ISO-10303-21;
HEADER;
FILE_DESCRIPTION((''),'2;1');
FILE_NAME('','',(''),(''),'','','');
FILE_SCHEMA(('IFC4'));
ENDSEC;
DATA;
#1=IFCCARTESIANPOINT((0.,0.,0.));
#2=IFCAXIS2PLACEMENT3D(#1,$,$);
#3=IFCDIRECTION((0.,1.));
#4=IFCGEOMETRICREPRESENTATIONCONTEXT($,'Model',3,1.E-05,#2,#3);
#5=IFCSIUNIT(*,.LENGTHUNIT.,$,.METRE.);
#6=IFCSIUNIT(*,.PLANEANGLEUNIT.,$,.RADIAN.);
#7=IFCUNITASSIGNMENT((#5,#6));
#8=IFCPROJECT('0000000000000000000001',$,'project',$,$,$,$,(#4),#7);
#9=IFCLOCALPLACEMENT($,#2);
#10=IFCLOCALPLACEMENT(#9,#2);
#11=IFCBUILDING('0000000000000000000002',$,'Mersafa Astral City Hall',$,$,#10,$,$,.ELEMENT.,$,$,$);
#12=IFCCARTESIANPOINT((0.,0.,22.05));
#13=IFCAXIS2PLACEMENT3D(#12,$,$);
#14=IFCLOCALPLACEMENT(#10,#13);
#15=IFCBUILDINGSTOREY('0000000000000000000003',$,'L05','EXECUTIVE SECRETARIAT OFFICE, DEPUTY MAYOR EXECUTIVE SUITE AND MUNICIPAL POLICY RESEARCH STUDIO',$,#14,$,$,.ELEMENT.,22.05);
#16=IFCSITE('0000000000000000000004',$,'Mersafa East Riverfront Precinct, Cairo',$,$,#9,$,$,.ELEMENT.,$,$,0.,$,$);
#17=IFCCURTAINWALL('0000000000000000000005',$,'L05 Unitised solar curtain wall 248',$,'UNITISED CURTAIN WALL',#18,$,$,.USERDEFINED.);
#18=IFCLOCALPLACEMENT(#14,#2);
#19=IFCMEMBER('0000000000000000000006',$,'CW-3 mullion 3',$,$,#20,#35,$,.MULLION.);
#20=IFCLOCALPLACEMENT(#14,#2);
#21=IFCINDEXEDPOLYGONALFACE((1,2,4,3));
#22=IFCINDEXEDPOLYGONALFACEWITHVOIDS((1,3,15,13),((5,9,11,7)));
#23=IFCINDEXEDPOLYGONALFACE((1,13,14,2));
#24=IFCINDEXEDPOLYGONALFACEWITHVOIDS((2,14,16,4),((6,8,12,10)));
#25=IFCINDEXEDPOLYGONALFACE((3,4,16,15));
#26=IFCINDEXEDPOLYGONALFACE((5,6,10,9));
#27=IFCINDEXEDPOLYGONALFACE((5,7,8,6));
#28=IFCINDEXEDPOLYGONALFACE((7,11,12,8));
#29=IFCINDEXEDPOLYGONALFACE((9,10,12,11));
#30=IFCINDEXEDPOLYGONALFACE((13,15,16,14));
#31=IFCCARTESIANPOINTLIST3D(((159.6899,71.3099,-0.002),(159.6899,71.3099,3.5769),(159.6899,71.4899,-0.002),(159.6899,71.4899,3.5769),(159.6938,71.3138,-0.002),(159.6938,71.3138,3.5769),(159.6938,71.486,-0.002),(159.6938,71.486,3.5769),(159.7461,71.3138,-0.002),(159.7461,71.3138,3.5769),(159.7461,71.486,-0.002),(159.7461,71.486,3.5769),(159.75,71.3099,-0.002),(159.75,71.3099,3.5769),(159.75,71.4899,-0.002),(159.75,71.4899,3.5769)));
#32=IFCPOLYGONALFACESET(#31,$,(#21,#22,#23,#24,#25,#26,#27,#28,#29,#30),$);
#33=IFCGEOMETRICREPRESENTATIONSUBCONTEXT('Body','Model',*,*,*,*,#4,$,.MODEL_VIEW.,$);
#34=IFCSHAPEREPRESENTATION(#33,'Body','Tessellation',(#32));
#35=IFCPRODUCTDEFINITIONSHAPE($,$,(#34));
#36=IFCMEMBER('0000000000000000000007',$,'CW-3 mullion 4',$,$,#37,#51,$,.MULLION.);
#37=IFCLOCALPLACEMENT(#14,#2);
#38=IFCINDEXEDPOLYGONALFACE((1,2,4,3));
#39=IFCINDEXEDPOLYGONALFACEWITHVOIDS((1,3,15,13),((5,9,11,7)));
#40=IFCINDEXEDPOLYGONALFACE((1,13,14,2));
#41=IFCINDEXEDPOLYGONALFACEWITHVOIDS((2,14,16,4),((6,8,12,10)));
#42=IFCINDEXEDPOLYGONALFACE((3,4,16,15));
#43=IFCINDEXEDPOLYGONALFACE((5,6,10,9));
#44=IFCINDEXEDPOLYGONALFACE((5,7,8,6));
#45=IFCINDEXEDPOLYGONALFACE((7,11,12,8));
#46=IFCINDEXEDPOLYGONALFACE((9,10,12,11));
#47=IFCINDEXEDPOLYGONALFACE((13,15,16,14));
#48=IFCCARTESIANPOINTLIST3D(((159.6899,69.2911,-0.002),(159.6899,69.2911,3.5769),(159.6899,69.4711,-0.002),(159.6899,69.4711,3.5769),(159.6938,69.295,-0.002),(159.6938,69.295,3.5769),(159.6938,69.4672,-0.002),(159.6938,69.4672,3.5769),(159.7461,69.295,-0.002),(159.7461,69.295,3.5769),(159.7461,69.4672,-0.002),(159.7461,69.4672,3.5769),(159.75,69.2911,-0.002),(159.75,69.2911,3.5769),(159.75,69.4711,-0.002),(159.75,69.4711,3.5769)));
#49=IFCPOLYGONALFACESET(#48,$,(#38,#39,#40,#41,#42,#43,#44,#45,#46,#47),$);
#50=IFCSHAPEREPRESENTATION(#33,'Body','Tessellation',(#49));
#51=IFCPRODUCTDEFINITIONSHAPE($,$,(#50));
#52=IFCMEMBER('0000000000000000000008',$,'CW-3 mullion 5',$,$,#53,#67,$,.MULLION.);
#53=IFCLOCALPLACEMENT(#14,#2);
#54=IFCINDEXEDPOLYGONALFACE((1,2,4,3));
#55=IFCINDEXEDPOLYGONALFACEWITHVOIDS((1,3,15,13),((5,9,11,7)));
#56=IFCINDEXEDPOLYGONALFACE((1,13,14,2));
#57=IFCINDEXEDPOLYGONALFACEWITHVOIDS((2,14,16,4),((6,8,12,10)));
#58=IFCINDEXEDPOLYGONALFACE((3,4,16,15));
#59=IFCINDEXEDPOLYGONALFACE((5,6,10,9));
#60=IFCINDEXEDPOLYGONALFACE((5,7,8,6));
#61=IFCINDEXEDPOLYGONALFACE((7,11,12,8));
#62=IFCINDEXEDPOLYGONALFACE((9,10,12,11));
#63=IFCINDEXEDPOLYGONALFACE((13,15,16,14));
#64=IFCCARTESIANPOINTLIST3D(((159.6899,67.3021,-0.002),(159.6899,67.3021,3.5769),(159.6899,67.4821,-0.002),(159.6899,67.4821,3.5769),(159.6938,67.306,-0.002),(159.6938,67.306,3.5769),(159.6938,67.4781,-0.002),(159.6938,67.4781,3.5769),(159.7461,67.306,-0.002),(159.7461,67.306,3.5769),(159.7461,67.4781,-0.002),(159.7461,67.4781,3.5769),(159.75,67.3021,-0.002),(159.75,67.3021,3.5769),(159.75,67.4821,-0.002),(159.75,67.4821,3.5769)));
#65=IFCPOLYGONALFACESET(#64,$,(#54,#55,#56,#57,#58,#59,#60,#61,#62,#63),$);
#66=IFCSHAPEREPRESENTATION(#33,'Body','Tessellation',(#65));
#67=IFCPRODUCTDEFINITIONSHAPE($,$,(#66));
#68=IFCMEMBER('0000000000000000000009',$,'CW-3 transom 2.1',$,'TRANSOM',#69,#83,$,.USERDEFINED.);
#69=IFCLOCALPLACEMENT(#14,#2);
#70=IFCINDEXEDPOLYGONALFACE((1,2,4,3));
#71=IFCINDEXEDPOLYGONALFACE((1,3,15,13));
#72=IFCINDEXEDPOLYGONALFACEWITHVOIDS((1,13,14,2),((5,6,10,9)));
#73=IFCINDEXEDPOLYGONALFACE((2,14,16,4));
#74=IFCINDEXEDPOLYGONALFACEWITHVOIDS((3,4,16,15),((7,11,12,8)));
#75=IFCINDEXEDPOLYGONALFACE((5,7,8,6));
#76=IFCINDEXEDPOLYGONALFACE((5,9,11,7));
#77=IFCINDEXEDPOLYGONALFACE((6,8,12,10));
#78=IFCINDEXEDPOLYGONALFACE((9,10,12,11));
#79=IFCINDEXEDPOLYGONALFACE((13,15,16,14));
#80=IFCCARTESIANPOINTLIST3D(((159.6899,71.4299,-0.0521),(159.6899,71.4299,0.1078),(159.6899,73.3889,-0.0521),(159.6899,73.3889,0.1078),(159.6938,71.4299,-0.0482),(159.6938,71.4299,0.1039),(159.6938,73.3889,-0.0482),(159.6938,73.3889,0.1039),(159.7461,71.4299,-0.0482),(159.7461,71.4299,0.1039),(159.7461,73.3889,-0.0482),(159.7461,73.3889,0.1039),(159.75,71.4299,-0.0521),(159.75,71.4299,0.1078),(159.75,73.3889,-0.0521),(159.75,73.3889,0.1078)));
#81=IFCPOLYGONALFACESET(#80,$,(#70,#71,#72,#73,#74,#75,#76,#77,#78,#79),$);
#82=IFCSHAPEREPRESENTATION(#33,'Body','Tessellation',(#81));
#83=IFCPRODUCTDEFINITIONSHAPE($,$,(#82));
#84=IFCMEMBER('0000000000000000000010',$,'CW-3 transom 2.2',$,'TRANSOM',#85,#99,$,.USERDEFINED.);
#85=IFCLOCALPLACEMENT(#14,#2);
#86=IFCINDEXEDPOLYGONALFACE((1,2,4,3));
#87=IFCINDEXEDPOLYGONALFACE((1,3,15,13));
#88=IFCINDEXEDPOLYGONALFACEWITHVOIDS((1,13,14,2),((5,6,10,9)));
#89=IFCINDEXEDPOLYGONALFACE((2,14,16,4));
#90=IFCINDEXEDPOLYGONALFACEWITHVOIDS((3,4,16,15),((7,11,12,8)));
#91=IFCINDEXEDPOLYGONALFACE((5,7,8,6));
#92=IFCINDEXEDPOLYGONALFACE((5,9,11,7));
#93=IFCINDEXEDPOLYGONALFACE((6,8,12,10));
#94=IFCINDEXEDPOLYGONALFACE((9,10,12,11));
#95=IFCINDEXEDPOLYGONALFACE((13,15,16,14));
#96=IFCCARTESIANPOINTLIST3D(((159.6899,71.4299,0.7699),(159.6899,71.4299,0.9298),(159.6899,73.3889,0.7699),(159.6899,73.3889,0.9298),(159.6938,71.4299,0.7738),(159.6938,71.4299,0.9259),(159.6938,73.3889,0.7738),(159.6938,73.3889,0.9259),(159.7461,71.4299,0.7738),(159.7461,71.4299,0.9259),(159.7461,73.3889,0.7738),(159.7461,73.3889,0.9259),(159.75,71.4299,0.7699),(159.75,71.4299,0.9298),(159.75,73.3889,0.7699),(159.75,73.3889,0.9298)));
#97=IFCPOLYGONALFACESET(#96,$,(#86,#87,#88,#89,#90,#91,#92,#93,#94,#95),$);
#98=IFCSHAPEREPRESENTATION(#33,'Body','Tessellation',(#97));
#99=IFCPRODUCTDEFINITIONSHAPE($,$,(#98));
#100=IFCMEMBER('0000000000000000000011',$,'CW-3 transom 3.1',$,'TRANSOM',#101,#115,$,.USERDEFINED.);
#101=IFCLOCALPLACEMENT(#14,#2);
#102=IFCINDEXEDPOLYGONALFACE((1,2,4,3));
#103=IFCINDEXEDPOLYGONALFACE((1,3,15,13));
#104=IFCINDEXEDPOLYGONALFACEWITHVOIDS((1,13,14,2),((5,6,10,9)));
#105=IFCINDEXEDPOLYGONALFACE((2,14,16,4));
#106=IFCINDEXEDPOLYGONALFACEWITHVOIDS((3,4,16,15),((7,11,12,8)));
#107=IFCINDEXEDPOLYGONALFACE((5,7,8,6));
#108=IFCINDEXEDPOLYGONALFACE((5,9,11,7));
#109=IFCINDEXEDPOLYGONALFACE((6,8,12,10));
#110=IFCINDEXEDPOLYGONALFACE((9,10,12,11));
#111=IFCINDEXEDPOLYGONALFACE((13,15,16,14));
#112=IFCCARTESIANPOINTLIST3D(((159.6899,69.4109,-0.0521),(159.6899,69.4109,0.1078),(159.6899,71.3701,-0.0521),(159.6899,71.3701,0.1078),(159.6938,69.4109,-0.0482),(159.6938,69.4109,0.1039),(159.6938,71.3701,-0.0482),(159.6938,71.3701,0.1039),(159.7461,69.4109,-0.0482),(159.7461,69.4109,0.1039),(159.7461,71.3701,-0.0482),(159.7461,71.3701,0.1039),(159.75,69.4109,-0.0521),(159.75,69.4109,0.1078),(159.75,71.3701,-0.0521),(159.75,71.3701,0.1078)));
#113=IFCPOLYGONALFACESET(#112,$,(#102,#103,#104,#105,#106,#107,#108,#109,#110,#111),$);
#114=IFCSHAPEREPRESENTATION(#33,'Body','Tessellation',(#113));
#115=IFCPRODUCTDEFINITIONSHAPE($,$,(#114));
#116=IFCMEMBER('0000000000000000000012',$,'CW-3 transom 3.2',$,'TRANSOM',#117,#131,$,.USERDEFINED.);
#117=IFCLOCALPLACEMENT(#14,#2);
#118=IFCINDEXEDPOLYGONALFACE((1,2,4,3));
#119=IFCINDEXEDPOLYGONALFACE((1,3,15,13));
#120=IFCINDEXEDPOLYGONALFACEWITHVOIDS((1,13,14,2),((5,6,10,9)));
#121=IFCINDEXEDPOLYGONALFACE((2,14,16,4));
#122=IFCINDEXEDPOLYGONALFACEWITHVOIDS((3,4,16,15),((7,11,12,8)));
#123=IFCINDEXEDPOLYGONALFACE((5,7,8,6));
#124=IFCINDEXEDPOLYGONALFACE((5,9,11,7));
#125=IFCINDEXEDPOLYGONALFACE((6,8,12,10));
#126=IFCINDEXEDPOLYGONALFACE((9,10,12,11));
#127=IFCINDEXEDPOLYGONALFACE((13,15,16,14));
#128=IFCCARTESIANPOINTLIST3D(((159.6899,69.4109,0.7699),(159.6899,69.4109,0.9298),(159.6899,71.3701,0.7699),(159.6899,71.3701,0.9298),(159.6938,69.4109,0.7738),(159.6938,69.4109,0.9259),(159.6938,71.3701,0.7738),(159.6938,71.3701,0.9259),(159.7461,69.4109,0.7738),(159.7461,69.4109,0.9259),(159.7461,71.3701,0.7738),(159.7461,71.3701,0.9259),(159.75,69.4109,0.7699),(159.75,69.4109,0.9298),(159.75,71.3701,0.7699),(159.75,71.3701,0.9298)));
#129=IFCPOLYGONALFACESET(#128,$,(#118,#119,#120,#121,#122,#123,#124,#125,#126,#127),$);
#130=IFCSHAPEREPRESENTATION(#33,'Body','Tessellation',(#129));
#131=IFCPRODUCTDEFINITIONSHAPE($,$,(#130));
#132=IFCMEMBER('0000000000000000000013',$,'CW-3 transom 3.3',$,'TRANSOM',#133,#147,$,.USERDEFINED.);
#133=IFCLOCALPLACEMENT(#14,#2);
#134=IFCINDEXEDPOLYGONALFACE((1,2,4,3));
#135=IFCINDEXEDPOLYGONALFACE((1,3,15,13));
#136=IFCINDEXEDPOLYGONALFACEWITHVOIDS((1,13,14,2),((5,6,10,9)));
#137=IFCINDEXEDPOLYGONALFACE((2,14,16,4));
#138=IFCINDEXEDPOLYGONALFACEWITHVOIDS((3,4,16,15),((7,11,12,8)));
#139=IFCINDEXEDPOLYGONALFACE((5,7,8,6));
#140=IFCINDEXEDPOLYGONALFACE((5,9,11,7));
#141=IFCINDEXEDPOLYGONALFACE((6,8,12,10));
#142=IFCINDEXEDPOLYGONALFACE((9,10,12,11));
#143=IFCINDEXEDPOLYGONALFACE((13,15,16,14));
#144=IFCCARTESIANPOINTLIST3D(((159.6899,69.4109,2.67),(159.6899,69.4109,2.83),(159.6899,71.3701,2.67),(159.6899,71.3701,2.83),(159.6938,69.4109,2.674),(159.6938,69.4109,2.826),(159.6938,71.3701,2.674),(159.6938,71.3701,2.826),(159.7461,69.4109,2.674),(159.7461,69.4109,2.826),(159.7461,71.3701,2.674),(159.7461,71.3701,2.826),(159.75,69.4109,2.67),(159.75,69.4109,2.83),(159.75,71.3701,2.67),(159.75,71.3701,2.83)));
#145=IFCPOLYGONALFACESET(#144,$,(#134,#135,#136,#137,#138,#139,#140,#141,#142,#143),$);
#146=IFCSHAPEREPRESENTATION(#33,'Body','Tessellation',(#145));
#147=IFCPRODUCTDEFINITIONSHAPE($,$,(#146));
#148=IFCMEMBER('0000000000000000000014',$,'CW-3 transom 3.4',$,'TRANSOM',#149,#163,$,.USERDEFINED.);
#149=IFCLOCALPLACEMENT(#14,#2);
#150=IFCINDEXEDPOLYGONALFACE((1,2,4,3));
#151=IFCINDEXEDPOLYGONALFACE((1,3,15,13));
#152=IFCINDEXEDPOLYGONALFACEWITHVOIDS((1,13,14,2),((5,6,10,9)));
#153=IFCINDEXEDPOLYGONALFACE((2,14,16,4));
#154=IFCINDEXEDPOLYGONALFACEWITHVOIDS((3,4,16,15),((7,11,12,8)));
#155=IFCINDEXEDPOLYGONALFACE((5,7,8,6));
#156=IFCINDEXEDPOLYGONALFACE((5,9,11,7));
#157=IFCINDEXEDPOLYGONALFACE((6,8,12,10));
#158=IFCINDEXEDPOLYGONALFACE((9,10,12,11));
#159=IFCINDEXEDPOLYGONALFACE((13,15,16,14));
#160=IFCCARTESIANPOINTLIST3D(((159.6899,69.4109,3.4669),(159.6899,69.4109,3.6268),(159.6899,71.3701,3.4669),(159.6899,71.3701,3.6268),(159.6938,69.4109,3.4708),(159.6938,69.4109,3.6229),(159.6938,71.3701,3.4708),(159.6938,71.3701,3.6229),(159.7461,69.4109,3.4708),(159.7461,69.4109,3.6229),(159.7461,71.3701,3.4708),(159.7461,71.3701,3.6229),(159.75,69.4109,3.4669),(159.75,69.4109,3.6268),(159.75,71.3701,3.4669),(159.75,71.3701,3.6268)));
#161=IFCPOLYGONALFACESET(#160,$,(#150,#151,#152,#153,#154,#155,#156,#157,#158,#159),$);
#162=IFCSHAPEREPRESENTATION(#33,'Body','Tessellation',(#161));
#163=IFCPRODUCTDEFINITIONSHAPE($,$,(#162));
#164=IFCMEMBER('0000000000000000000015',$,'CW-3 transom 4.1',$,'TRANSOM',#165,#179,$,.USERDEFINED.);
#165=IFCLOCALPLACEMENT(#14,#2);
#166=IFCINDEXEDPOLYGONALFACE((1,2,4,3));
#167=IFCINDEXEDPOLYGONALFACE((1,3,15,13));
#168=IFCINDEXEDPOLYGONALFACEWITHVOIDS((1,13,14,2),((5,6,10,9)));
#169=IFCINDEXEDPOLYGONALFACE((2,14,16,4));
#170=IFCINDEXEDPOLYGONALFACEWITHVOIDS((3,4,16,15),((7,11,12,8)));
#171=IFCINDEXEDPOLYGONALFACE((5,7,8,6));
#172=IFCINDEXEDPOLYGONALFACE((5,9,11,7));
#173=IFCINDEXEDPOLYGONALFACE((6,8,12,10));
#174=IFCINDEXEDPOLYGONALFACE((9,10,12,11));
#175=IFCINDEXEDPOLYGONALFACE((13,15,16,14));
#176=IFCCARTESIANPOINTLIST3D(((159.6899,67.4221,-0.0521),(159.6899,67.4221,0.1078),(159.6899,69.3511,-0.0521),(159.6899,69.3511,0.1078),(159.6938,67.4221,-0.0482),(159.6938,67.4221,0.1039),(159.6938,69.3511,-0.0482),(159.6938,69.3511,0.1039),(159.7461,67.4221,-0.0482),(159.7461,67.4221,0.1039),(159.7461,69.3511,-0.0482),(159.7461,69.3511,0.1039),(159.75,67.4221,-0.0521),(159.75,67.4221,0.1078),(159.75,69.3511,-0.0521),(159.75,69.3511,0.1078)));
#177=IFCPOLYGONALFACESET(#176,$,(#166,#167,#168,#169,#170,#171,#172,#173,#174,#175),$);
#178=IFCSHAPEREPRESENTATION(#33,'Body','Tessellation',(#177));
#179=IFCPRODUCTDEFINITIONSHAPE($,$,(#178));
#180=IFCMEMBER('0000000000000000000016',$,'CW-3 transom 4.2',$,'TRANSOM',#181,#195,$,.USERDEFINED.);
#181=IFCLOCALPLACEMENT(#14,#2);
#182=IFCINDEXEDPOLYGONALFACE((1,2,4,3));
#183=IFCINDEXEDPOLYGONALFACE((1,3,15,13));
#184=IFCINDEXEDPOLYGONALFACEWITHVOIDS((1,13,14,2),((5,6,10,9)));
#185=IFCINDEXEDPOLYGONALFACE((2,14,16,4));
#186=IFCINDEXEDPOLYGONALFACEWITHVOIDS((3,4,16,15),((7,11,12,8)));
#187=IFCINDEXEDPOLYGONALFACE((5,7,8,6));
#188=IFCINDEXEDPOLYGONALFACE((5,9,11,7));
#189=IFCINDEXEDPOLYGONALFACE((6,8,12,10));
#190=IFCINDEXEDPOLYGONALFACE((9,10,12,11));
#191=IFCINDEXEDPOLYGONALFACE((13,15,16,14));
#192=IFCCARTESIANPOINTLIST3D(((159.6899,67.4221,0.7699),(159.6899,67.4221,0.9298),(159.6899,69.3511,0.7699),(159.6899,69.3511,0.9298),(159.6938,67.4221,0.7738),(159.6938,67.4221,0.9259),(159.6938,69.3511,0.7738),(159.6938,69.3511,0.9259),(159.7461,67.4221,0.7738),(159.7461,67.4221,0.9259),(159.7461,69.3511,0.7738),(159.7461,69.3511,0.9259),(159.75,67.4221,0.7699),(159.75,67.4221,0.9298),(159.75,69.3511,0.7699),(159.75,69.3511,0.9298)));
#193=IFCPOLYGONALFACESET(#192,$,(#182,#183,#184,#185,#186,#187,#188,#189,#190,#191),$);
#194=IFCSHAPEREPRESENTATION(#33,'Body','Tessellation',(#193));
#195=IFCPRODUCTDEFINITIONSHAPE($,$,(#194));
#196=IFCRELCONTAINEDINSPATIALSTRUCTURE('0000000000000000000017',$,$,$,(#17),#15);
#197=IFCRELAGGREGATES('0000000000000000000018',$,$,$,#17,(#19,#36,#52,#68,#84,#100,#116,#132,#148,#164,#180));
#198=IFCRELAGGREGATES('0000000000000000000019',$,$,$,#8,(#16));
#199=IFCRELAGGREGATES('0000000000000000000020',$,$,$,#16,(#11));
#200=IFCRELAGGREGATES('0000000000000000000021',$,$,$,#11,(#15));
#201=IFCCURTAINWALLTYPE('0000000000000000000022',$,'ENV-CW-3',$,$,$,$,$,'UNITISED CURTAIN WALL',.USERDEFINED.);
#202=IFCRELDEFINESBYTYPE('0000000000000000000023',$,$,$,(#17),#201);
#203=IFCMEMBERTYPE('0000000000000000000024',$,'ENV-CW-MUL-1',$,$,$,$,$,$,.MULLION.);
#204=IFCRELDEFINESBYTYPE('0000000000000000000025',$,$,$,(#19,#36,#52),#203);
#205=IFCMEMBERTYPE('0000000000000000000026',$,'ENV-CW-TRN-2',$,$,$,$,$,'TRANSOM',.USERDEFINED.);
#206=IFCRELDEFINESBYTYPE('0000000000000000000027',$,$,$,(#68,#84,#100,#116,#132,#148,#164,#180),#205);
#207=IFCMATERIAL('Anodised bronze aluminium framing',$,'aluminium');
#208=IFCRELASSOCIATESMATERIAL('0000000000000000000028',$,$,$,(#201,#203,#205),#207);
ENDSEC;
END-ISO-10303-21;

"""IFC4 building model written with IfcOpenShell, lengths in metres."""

from ifc_helpers import new_model, si_unit, direction, frame, origin, origin_2d, place, context, subcontext, project, spatial, hollow_rectangle, extrude, material, material_profile, profile_set, type_object, element, aggregate, save


model = new_model("IFC4")

# Units and contexts
model_context = context("Model", 3, precision=1e-05, world=origin(), true_north=direction((0.0, 1.0)))
body_context = subcontext(model_context, "Body", "Model", "MODEL_VIEW")
ifc_project = project(units=[si_unit("LENGTHUNIT", "METRE"), si_unit("PLANEANGLEUNIT", "RADIAN")], contexts=[model_context])

# Site, building, storey
site_placement = place(None, origin())
site = spatial("IfcSite", under=ifc_project, at=site_placement, Name="Mersafa East Riverfront Precinct, Cairo", CompositionType="ELEMENT", RefElevation=0.0)
building_placement = place(site_placement, origin())
building = spatial("IfcBuilding", under=site, at=building_placement, Name="Mersafa Astral City Hall", CompositionType="ELEMENT")
storey_placement = place(building_placement, frame((0.0, 0.0, 22.05)))
storey = spatial("IfcBuildingStorey", under=building, at=storey_placement, Name="L05", Description="EXECUTIVE SECRETARIAT OFFICE, DEPUTY MAYOR EXECUTIVE SUITE AND MUNICIPAL POLICY RESEARCH STUDIO", CompositionType="ELEMENT", Elevation=22.05)

# Curtain wall, members
ifc_material_1 = material(Name="Anodised bronze aluminium framing", Category="aluminium")
curtain_wall_type = type_object("IfcCurtainWallType", Name="ENV-CW-3", ElementType="UNITISED CURTAIN WALL", PredefinedType="USERDEFINED", material=ifc_material_1)
curtain_wall_placement = place(storey_placement, origin())
curtain_wall = element("IfcCurtainWall", 1, at=curtain_wall_placement, inside=storey, type_object=curtain_wall_type, Name="L05 Unitised solar curtain wall 248", ObjectType="UNITISED CURTAIN WALL", PredefinedType="USERDEFINED")
ifc_material_profile_1 = material_profile(ifc_material_1, hollow_rectangle(XDim=0.0601, YDim=0.1799, WallThickness=0.0039, at=origin_2d()), Name="RHS 60x180x4")
ifc_profile_set_1 = profile_set([ifc_material_profile_1], Name="Anodised bronze aluminium framing")
member_type_1 = type_object("IfcMemberType", Name="ENV-CW-MUL-1", PredefinedType="MULLION", material=ifc_profile_set_1)
member_1_placement = place(storey_placement, frame((159.72, 71.3999, -0.002), z_axis=(0.0, 0.0, 1.0), x_axis=(1.0, 0.0, 0.0)))
member_1 = element("IfcMember", 2, at=member_1_placement, type_object=member_type_1, Name="CW-3 mullion 3", PredefinedType="MULLION", context=body_context, shape_type="SweptSolid", body=[
    extrude(hollow_rectangle(XDim=0.0601, YDim=0.1799, WallThickness=0.0039, at=origin_2d()), origin(), (0.0, 0.0, 1.0), 3.5789),
])
member_2_placement = place(storey_placement, frame((159.72, 69.3811, -0.002), z_axis=(0.0, 0.0, 1.0), x_axis=(1.0, 0.0, 0.0)))
member_2 = element("IfcMember", 3, at=member_2_placement, type_object=member_type_1, Name="CW-3 mullion 4", PredefinedType="MULLION", context=body_context, shape_type="SweptSolid", body=[
    extrude(hollow_rectangle(XDim=0.0601, YDim=0.1799, WallThickness=0.0039, at=origin_2d()), origin(), (0.0, 0.0, 1.0), 3.5789),
])
member_3_placement = place(storey_placement, frame((159.72, 67.3921, -0.002), z_axis=(0.0, 0.0, 1.0), x_axis=(1.0, 0.0, 0.0)))
member_3 = element("IfcMember", 4, at=member_3_placement, type_object=member_type_1, Name="CW-3 mullion 5", PredefinedType="MULLION", context=body_context, shape_type="SweptSolid", body=[
    extrude(hollow_rectangle(XDim=0.0601, YDim=0.1799, WallThickness=0.0039, at=origin_2d()), origin(), (0.0, 0.0, 1.0), 3.5789),
])
ifc_material_profile_2 = material_profile(ifc_material_1, hollow_rectangle(XDim=0.0601, YDim=0.1599, WallThickness=0.0039, at=origin_2d()), Name="RHS 60x160x4")
ifc_profile_set_2 = profile_set([ifc_material_profile_2], Name="Anodised bronze aluminium framing")
member_type_2 = type_object("IfcMemberType", Name="ENV-CW-TRN-2", ElementType="TRANSOM", PredefinedType="USERDEFINED", material=ifc_profile_set_2)
member_4_placement = place(storey_placement, frame((159.72, 73.3889, 0.0278), z_axis=(0.0, -1.0, 0.0), x_axis=(1.0, 0.0, 0.0)))
member_4 = element("IfcMember", 5, at=member_4_placement, type_object=member_type_2, Name="CW-3 transom 2.1", ObjectType="TRANSOM", PredefinedType="USERDEFINED", context=body_context, shape_type="SweptSolid", body=[
    extrude(hollow_rectangle(XDim=0.0601, YDim=0.1599, WallThickness=0.0039, at=origin_2d()), origin(), (0.0, 0.0, 1.0), 1.959),
])
member_5_placement = place(storey_placement, frame((159.72, 73.3889, 0.8499), z_axis=(0.0, -1.0, 0.0), x_axis=(1.0, 0.0, 0.0)))
member_5 = element("IfcMember", 6, at=member_5_placement, type_object=member_type_2, Name="CW-3 transom 2.2", ObjectType="TRANSOM", PredefinedType="USERDEFINED", context=body_context, shape_type="SweptSolid", body=[
    extrude(hollow_rectangle(XDim=0.0601, YDim=0.1599, WallThickness=0.0039, at=origin_2d()), origin(), (0.0, 0.0, 1.0), 1.959),
])
member_6_placement = place(storey_placement, frame((159.72, 71.3701, 0.0278), z_axis=(0.0, -1.0, 0.0), x_axis=(1.0, 0.0, 0.0)))
member_6 = element("IfcMember", 7, at=member_6_placement, type_object=member_type_2, Name="CW-3 transom 3.1", ObjectType="TRANSOM", PredefinedType="USERDEFINED", context=body_context, shape_type="SweptSolid", body=[
    extrude(hollow_rectangle(XDim=0.0601, YDim=0.1599, WallThickness=0.0039, at=origin_2d()), origin(), (0.0, 0.0, 1.0), 1.9592),
])
member_7_placement = place(storey_placement, frame((159.72, 71.3701, 0.8499), z_axis=(0.0, -1.0, 0.0), x_axis=(1.0, 0.0, 0.0)))
member_7 = element("IfcMember", 8, at=member_7_placement, type_object=member_type_2, Name="CW-3 transom 3.2", ObjectType="TRANSOM", PredefinedType="USERDEFINED", context=body_context, shape_type="SweptSolid", body=[
    extrude(hollow_rectangle(XDim=0.0601, YDim=0.1599, WallThickness=0.0039, at=origin_2d()), origin(), (0.0, 0.0, 1.0), 1.9592),
])
member_8_placement = place(storey_placement, frame((159.72, 71.3701, 2.75), z_axis=(0.0, -1.0, 0.0), x_axis=(1.0, 0.0, 0.0)))
member_8 = element("IfcMember", 9, at=member_8_placement, type_object=member_type_2, Name="CW-3 transom 3.3", ObjectType="TRANSOM", PredefinedType="USERDEFINED", context=body_context, shape_type="SweptSolid", body=[
    extrude(hollow_rectangle(XDim=0.0601, YDim=0.1599, WallThickness=0.0039, at=origin_2d()), origin(), (0.0, 0.0, 1.0), 1.9592),
])
member_9_placement = place(storey_placement, frame((159.72, 71.3701, 3.5469), z_axis=(0.0, -1.0, 0.0), x_axis=(1.0, 0.0, 0.0)))
member_9 = element("IfcMember", 10, at=member_9_placement, type_object=member_type_2, Name="CW-3 transom 3.4", ObjectType="TRANSOM", PredefinedType="USERDEFINED", context=body_context, shape_type="SweptSolid", body=[
    extrude(hollow_rectangle(XDim=0.0601, YDim=0.1599, WallThickness=0.0039, at=origin_2d()), origin(), (0.0, 0.0, 1.0), 1.9592),
])
member_10_placement = place(storey_placement, frame((159.72, 69.3511, 0.0278), z_axis=(0.0, -1.0, 0.0), x_axis=(1.0, 0.0, 0.0)))
member_10 = element("IfcMember", 11, at=member_10_placement, type_object=member_type_2, Name="CW-3 transom 4.1", ObjectType="TRANSOM", PredefinedType="USERDEFINED", context=body_context, shape_type="SweptSolid", body=[
    extrude(hollow_rectangle(XDim=0.0601, YDim=0.1599, WallThickness=0.0039, at=origin_2d()), origin(), (0.0, 0.0, 1.0), 1.929),
])
member_11_placement = place(storey_placement, frame((159.72, 69.3511, 0.8499), z_axis=(0.0, -1.0, 0.0), x_axis=(1.0, 0.0, 0.0)))
member_11 = element("IfcMember", 12, at=member_11_placement, type_object=member_type_2, Name="CW-3 transom 4.2", ObjectType="TRANSOM", PredefinedType="USERDEFINED", context=body_context, shape_type="SweptSolid", body=[
    extrude(hollow_rectangle(XDim=0.0601, YDim=0.1599, WallThickness=0.0039, at=origin_2d()), origin(), (0.0, 0.0, 1.0), 1.929),
])
aggregate(curtain_wall, [member_1, member_2, member_3, member_4, member_5, member_6, member_7, member_8, member_9, member_10, member_11])

save(model, "model.ifc")
